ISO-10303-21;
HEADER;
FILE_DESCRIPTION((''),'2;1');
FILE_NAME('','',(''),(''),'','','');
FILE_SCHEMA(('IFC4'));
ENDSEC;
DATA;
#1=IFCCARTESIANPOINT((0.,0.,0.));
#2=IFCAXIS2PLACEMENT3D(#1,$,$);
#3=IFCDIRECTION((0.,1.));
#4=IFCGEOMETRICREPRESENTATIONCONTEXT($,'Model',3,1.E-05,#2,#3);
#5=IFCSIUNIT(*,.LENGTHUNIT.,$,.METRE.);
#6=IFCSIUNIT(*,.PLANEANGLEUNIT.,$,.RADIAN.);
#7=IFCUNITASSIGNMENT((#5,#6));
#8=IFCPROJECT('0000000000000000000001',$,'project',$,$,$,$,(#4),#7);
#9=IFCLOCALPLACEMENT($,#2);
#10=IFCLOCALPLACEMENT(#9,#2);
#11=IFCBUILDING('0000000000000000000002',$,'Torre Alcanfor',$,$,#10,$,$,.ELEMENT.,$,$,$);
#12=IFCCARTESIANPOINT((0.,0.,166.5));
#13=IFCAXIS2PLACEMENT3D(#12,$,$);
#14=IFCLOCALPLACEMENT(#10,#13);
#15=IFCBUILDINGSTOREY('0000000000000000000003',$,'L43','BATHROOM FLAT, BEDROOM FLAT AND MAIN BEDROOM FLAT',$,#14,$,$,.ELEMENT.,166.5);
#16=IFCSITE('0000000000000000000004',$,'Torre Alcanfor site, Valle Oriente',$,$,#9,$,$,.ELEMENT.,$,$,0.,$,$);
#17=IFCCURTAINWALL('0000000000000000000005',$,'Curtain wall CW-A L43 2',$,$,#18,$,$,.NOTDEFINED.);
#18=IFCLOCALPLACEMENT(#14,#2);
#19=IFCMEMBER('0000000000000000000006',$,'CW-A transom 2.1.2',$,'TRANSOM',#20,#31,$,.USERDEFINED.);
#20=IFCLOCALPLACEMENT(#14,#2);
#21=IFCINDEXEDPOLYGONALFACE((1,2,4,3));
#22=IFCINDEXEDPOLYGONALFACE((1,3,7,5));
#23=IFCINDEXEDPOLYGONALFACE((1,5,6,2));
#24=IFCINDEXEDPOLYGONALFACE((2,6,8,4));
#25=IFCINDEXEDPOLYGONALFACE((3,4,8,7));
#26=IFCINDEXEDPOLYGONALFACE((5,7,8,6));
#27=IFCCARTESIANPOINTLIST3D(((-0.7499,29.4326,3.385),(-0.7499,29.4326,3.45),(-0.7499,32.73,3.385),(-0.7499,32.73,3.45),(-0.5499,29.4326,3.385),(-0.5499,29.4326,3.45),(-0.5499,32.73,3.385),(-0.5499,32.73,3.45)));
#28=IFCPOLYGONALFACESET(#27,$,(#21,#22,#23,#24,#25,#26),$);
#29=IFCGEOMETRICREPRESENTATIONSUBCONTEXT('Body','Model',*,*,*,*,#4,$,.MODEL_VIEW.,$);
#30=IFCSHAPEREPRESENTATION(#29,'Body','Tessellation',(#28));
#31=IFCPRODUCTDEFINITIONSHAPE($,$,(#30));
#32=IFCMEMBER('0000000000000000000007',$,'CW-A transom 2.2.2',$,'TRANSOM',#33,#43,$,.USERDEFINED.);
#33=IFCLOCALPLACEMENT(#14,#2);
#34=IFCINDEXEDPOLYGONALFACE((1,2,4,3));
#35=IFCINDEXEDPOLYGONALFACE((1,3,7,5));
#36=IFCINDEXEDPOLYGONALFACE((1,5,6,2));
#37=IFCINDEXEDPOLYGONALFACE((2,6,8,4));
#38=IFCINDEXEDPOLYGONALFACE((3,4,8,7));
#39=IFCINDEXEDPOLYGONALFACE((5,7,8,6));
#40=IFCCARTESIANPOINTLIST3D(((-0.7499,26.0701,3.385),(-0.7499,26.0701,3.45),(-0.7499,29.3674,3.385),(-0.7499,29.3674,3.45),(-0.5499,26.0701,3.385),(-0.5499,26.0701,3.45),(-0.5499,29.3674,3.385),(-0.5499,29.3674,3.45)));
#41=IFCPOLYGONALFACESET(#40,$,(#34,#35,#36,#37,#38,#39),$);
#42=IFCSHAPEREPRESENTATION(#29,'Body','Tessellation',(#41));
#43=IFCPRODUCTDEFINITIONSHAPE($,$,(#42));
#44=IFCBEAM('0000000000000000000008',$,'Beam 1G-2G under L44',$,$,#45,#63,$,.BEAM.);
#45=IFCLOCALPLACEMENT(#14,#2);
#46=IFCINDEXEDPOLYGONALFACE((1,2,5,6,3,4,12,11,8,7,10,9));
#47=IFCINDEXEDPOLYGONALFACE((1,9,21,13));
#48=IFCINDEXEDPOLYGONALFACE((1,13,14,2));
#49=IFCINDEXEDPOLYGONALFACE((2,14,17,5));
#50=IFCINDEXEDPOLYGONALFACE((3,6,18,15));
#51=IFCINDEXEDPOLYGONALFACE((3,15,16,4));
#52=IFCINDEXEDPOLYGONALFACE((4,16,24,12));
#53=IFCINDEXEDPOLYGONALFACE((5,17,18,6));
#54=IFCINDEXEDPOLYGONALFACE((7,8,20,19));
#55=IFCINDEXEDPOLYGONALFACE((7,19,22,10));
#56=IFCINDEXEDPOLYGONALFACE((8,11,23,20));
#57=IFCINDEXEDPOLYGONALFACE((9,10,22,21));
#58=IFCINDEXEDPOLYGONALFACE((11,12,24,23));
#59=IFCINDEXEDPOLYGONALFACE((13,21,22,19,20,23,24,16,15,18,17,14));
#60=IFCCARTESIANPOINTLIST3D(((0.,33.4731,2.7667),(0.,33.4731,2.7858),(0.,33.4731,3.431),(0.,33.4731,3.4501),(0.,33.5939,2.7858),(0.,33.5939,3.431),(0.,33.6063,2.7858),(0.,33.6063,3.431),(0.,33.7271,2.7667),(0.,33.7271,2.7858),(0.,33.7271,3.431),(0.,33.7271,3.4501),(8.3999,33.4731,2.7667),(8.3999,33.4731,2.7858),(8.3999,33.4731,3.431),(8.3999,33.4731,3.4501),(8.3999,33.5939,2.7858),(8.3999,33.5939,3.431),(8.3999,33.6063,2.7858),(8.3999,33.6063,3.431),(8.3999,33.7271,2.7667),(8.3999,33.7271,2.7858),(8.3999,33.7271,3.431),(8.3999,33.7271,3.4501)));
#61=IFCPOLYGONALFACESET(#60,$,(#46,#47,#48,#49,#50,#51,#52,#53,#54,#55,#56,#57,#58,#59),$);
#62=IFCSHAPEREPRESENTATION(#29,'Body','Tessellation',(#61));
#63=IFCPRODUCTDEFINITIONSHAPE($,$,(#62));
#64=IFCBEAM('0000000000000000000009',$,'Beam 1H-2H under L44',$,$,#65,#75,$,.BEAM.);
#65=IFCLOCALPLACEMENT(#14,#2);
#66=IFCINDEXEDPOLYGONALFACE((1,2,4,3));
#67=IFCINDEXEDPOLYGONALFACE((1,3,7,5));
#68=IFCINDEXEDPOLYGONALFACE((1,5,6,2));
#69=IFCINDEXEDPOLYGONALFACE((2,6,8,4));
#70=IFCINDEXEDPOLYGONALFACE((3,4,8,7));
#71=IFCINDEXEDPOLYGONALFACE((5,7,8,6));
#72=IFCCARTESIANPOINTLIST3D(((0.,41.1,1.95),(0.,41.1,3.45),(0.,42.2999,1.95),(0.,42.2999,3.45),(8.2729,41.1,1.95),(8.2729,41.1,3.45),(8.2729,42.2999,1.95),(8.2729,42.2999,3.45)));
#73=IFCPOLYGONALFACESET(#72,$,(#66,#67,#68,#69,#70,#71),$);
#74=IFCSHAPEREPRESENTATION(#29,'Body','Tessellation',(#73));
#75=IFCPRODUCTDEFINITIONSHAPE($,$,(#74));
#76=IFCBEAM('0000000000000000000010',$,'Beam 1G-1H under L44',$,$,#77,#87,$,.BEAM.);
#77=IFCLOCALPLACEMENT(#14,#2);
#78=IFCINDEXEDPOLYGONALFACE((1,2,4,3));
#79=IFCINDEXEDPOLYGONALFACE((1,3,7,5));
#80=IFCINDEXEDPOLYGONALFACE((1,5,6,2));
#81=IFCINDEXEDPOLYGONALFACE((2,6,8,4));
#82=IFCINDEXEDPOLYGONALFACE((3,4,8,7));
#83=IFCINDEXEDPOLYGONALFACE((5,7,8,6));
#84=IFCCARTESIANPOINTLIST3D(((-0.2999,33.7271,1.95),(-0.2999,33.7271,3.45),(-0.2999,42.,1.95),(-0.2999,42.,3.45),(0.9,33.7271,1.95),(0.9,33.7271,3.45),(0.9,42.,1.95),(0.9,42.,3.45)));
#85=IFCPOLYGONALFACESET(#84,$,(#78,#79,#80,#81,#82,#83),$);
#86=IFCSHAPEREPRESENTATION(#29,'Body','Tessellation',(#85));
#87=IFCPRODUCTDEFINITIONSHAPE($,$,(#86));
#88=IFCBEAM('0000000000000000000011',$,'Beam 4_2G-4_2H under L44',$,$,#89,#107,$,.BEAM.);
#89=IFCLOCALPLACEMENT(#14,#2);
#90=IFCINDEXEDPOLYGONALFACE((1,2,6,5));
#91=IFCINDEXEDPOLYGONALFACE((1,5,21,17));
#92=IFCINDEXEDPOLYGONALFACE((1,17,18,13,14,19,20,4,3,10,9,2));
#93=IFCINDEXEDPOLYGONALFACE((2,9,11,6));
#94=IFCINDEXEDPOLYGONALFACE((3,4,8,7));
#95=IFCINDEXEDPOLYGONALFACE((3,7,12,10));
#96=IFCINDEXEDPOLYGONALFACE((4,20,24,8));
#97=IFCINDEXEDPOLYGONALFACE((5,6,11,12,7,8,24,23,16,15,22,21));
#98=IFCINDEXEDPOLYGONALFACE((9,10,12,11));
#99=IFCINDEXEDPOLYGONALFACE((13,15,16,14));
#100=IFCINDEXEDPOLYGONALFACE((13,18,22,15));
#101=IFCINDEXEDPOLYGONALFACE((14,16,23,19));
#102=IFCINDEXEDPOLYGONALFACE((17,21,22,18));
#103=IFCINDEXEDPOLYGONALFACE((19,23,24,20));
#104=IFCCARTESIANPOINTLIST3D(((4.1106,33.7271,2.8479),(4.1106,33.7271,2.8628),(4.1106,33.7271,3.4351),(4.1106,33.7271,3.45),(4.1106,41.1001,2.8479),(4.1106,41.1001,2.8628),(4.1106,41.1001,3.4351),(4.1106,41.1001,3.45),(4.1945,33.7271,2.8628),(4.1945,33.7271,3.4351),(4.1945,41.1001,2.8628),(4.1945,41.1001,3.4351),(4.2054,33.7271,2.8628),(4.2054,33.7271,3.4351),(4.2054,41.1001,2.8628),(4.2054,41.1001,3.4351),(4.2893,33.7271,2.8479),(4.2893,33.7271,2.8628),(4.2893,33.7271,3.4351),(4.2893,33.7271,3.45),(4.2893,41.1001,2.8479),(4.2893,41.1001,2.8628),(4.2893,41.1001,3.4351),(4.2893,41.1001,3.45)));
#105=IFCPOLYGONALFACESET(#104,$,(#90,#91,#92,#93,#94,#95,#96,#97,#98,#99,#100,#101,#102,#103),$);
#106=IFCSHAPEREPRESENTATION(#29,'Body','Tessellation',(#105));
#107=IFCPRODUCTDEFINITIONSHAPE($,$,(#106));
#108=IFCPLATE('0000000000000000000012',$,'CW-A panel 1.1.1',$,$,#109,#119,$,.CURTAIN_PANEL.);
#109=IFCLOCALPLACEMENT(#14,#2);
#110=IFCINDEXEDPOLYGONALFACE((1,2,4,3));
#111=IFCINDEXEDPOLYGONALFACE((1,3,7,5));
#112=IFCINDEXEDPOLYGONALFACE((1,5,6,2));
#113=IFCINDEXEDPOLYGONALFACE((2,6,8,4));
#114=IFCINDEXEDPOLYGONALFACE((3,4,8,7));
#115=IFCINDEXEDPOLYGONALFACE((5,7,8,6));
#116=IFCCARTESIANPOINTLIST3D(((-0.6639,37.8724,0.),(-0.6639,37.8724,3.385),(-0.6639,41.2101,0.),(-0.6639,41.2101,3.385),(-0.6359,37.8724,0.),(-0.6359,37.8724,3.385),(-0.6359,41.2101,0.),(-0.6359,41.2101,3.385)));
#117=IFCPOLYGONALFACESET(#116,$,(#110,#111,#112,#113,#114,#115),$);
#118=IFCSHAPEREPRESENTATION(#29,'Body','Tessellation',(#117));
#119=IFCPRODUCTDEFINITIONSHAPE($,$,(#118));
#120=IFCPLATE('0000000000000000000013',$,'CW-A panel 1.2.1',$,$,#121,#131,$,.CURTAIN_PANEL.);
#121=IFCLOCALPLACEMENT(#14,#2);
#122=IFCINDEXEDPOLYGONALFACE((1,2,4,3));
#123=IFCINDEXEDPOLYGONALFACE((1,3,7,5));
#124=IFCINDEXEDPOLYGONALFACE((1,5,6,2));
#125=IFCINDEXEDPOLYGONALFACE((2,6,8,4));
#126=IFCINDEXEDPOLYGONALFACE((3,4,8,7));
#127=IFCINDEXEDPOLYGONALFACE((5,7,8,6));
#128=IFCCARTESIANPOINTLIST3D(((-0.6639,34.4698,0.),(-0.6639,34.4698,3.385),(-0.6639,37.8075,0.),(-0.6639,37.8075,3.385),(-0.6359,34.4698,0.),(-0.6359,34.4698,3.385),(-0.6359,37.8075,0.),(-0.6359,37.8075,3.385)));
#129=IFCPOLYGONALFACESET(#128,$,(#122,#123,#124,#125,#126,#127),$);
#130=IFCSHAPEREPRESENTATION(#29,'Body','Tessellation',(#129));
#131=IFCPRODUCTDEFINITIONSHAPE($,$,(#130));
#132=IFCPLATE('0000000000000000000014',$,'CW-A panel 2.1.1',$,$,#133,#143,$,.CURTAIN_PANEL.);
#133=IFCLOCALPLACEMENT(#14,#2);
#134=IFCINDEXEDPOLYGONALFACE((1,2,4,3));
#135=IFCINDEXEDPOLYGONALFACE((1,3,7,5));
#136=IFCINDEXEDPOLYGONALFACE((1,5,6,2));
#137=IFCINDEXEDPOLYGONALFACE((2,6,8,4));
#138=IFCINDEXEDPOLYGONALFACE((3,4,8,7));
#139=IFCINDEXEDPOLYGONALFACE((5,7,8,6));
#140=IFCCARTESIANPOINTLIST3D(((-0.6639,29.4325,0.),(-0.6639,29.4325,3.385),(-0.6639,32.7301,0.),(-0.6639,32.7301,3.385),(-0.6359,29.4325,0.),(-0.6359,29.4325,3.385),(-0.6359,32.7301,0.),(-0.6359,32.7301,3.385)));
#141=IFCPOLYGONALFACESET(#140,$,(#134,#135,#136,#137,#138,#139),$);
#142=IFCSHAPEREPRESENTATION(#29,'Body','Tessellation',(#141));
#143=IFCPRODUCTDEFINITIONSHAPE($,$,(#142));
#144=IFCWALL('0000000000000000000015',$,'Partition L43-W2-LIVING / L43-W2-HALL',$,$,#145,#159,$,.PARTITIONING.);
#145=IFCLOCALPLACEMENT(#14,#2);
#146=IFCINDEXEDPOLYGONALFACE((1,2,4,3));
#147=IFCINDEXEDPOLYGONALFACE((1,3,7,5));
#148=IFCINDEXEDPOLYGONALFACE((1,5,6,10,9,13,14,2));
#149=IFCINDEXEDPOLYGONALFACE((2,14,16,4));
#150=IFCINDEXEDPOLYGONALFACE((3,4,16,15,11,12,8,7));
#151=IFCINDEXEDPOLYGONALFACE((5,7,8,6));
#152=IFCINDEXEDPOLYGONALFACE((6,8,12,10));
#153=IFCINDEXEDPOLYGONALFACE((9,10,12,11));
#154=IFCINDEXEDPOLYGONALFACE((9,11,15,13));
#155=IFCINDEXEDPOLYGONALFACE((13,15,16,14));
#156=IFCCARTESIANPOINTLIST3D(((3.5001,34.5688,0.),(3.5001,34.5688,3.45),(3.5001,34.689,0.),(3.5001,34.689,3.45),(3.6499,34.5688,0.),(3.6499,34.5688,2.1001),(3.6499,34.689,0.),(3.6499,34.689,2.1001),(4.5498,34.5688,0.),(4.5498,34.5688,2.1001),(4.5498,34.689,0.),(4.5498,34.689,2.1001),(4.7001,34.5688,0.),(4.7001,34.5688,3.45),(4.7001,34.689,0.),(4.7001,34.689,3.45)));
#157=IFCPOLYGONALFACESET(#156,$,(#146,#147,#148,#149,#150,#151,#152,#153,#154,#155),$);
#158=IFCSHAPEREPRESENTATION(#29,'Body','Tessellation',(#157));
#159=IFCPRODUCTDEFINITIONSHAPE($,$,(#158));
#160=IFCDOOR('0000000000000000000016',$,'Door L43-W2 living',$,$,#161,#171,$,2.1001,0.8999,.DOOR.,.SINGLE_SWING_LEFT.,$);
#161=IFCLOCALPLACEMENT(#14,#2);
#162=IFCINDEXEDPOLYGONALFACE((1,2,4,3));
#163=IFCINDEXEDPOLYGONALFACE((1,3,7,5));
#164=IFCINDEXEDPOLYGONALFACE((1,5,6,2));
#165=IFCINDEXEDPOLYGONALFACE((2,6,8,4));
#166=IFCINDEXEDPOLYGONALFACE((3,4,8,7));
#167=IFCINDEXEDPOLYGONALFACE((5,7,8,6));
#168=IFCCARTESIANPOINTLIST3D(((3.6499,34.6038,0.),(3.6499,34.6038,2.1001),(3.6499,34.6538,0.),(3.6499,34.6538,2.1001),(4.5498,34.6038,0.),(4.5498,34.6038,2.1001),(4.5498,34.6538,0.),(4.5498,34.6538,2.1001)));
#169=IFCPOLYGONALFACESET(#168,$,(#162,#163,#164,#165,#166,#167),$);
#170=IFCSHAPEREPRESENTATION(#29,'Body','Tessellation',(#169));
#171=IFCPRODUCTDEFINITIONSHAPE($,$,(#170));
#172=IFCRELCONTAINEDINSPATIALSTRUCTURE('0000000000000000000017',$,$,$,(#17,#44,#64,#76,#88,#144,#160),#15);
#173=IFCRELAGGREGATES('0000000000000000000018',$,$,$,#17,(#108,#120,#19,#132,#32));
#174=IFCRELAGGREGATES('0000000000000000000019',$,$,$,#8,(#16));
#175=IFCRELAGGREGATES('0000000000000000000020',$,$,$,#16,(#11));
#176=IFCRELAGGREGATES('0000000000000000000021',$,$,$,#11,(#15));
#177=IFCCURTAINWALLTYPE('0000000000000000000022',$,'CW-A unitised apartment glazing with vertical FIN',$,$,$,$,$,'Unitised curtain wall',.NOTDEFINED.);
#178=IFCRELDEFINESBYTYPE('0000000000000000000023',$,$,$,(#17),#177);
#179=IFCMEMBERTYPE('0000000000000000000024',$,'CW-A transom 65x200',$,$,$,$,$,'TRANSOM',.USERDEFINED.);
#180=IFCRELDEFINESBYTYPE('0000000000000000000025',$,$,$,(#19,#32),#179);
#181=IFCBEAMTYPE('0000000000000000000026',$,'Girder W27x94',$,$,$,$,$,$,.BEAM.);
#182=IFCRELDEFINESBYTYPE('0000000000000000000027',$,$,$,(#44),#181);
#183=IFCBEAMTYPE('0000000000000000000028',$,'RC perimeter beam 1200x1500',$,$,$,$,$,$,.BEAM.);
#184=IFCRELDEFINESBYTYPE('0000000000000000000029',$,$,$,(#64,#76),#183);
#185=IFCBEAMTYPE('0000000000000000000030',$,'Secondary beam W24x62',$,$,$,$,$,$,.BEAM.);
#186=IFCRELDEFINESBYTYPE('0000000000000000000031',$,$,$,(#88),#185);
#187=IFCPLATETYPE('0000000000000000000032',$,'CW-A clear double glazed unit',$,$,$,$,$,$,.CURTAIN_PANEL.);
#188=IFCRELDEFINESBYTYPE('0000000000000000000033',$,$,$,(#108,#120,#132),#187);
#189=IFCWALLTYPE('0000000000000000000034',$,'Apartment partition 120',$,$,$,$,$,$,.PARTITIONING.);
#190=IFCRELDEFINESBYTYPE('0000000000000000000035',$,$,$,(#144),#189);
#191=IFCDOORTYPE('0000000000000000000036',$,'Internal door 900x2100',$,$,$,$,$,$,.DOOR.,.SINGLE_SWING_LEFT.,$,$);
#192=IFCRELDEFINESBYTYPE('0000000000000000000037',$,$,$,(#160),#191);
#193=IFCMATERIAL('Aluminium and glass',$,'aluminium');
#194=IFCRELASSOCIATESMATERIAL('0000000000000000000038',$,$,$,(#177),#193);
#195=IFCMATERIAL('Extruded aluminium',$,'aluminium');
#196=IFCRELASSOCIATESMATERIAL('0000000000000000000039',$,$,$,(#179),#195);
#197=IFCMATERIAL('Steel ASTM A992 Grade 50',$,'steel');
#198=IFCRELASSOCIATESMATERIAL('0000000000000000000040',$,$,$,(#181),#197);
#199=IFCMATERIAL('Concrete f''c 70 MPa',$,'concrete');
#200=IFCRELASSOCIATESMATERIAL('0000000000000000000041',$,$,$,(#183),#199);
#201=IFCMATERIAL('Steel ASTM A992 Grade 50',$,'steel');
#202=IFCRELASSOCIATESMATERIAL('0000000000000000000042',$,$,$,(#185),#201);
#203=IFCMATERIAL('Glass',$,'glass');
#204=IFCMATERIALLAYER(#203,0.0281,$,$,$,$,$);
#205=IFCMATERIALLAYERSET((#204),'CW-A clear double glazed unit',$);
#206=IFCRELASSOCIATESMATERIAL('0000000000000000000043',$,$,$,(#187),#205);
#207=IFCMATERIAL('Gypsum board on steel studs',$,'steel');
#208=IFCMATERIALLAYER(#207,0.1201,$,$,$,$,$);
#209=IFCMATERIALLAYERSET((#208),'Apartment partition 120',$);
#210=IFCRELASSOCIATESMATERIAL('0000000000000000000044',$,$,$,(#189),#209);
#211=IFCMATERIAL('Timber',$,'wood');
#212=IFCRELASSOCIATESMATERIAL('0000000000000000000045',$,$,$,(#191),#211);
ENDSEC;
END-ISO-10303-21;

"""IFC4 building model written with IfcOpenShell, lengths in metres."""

from ifc_helpers import new_model, si_unit, direction, frame, frame_2d, origin, origin_2d, place, context, subcontext, project, spatial, rectangle, i_section, extrude, material, layer, layer_set, material_profile, profile_set, type_object, element, fill, aggregate, save


model = new_model("IFC4")

# Units and contexts
model_context = context("Model", 3, precision=1e-05, world=origin(), true_north=direction((0.0, 1.0)))
body_context = subcontext(model_context, "Body", "Model", "MODEL_VIEW")
ifc_project = project(units=[si_unit("LENGTHUNIT", "METRE"), si_unit("PLANEANGLEUNIT", "RADIAN")], contexts=[model_context])

# Site, building, storey
site_placement = place(None, origin())
site = spatial("IfcSite", under=ifc_project, at=site_placement, Name="Torre Alcanfor site, Valle Oriente", CompositionType="ELEMENT", RefElevation=0.0)
building_placement = place(site_placement, origin())
building = spatial("IfcBuilding", under=site, at=building_placement, Name="Torre Alcanfor", CompositionType="ELEMENT")
storey_placement = place(building_placement, frame((0.0, 0.0, 166.5)))
storey = spatial("IfcBuildingStorey", under=building, at=storey_placement, Name="L43", Description="BATHROOM FLAT, BEDROOM FLAT AND MAIN BEDROOM FLAT", CompositionType="ELEMENT", Elevation=166.5)

# Curtain wall, members
ifc_material_1 = material(Name="Aluminium and glass", Category="aluminium")
curtain_wall_type = type_object("IfcCurtainWallType", Name="CW-A unitised apartment glazing with vertical FIN", ElementType="Unitised curtain wall", PredefinedType="NOTDEFINED", material=ifc_material_1)
curtain_wall_placement = place(storey_placement, origin())
curtain_wall = element("IfcCurtainWall", 1, at=curtain_wall_placement, inside=storey, type_object=curtain_wall_type, Name="Curtain wall CW-A L43 2", PredefinedType="NOTDEFINED")
ifc_material_2 = material(Name="Extruded aluminium", Category="aluminium")
ifc_material_profile_1 = material_profile(ifc_material_2, rectangle(XDim=0.2, YDim=0.0649, at=origin_2d()), Name="CW-A transom 200x65")
ifc_profile_set_1 = profile_set([ifc_material_profile_1], Name="Extruded aluminium")
member_type_1 = type_object("IfcMemberType", Name="CW-A transom 65x200", ElementType="TRANSOM", PredefinedType="USERDEFINED", material=ifc_profile_set_1)
member_1_placement = place(storey_placement, frame((-0.6499, 32.73, 3.4175), z_axis=(0.0, -1.0, 0.0), x_axis=(1.0, 0.0, 0.0)))
member_1 = element("IfcMember", 2, at=member_1_placement, type_object=member_type_1, Name="CW-A transom 2.1.2", ObjectType="TRANSOM", PredefinedType="USERDEFINED", context=body_context, shape_type="SweptSolid", body=[
    extrude(rectangle(XDim=0.2, YDim=0.0649, at=origin_2d()), origin(), (0.0, 0.0, 1.0), 3.2974),
])
member_2_placement = place(storey_placement, frame((-0.6499, 29.3674, 3.4175), z_axis=(0.0, -1.0, 0.0), x_axis=(1.0, 0.0, 0.0)))
member_2 = element("IfcMember", 3, at=member_2_placement, type_object=member_type_1, Name="CW-A transom 2.2.2", ObjectType="TRANSOM", PredefinedType="USERDEFINED", context=body_context, shape_type="SweptSolid", body=[
    extrude(rectangle(XDim=0.2, YDim=0.0649, at=origin_2d()), origin(), (0.0, 0.0, 1.0), 3.2974),
])

# Beams
ifc_material_3 = material(Name="Steel ASTM A992 Grade 50", Category="steel")
ifc_material_profile_2 = material_profile(ifc_material_3, i_section(OverallWidth=0.2539, OverallDepth=0.6833, WebThickness=0.0125, FlangeThickness=0.019, at=origin_2d()), Name="W27x94")
ifc_profile_set_2 = profile_set([ifc_material_profile_2], Name="Steel ASTM A992 Grade 50")
beam_type_1 = type_object("IfcBeamType", Name="Girder W27x94", PredefinedType="BEAM", material=ifc_profile_set_2)
beam_1_placement = place(storey_placement, frame((0.0, 33.6001, 3.1084), z_axis=(1.0, 0.0, 0.0), x_axis=(0.0, 1.0, 0.0)))
element("IfcBeam", 4, at=beam_1_placement, inside=storey, type_object=beam_type_1, Name="Beam 1G-2G under L44", PredefinedType="BEAM", context=body_context, shape_type="SweptSolid", body=[
    extrude(i_section(OverallWidth=0.2539, OverallDepth=0.6833, WebThickness=0.0125, FlangeThickness=0.019, at=origin_2d()), origin(), (0.0, 0.0, 1.0), 8.3999),
])
ifc_material_4 = material(Name="Concrete f'c 70 MPa", Category="concrete")
ifc_material_profile_3 = material_profile(ifc_material_4, rectangle(XDim=1.2, YDim=1.5, at=origin_2d()), Name="1200x1500")
ifc_profile_set_3 = profile_set([ifc_material_profile_3], Name="Concrete f'c 70 MPa")
beam_type_2 = type_object("IfcBeamType", Name="RC perimeter beam 1200x1500", PredefinedType="BEAM", material=ifc_profile_set_3)
for number, where, z_axis, x_axis, name in (
    (5, (0.0, 41.7, 2.7), (1.0, 0.0, 0.0), (0.0, 1.0, 0.0), "Beam 1H-2H under L44"),
    (6, (0.3, 33.7271, 2.7), (0.0, 1.0, 0.0), (-1.0, 0.0, 0.0), "Beam 1G-1H under L44"),
):
    element("IfcBeam", number, at=place(storey_placement, frame(where, z_axis=z_axis, x_axis=x_axis)), inside=storey, type_object=beam_type_2, Name=name, PredefinedType="BEAM", context=body_context, shape_type="SweptSolid", body=[
        extrude(rectangle(XDim=1.2, YDim=1.5, at=origin_2d()), origin(), (0.0, 0.0, 1.0), 8.2729),
    ])
ifc_material_5 = material(Name="Steel ASTM A992 Grade 50", Category="steel")
ifc_material_profile_4 = material_profile(ifc_material_5, i_section(OverallWidth=0.1787, OverallDepth=0.6021, WebThickness=0.011, FlangeThickness=0.0149, at=origin_2d()), Name="W24x62")
ifc_profile_set_4 = profile_set([ifc_material_profile_4], Name="Steel ASTM A992 Grade 50")
beam_type_3 = type_object("IfcBeamType", Name="Secondary beam W24x62", PredefinedType="BEAM", material=ifc_profile_set_4)
beam_2_placement = place(storey_placement, frame((4.2, 33.7271, 3.1489), z_axis=(0.0, 1.0, 0.0), x_axis=(-1.0, 0.0, 0.0)))
element("IfcBeam", 7, at=beam_2_placement, inside=storey, type_object=beam_type_3, Name="Beam 4_2G-4_2H under L44", PredefinedType="BEAM", context=body_context, shape_type="SweptSolid", body=[
    extrude(i_section(OverallWidth=0.1787, OverallDepth=0.6021, WebThickness=0.011, FlangeThickness=0.0149, at=origin_2d()), origin(), (0.0, 0.0, 1.0), 7.373),
])

# Plates
ifc_material_6 = material(Name="Glass", Category="glass")
ifc_layer_1 = layer(ifc_material_6, 0.0281)
ifc_layer_set_1 = layer_set([ifc_layer_1], Name="CW-A clear double glazed unit")
plate_type = type_object("IfcPlateType", Name="CW-A clear double glazed unit", PredefinedType="CURTAIN_PANEL", material=ifc_layer_set_1)
plate_1_placement = place(storey_placement, frame((-0.6499, 39.5413, 0.0), z_axis=(0.0, 0.0, 1.0), x_axis=(0.0, -1.0, 0.0)))
plate_1 = element("IfcPlate", 8, at=plate_1_placement, type_object=plate_type, Name="CW-A panel 1.1.1", PredefinedType="CURTAIN_PANEL", context=body_context, shape_type="SweptSolid", body=[
    extrude(rectangle(XDim=3.3376, YDim=0.0281, at=origin_2d()), origin(), (0.0, 0.0, 1.0), 3.385),
])
plate_2_placement = place(storey_placement, frame((-0.6499, 36.1387, 0.0), z_axis=(0.0, 0.0, 1.0), x_axis=(0.0, -1.0, 0.0)))
plate_2 = element("IfcPlate", 9, at=plate_2_placement, type_object=plate_type, Name="CW-A panel 1.2.1", PredefinedType="CURTAIN_PANEL", context=body_context, shape_type="SweptSolid", body=[
    extrude(rectangle(XDim=3.3376, YDim=0.0281, at=origin_2d()), origin(), (0.0, 0.0, 1.0), 3.385),
])
plate_3_placement = place(storey_placement, frame((-0.6499, 31.0813, 0.0), z_axis=(0.0, 0.0, 1.0), x_axis=(0.0, -1.0, 0.0)))
plate_3 = element("IfcPlate", 10, at=plate_3_placement, type_object=plate_type, Name="CW-A panel 2.1.1", PredefinedType="CURTAIN_PANEL", context=body_context, shape_type="SweptSolid", body=[
    extrude(rectangle(XDim=3.2976, YDim=0.0281, at=origin_2d()), origin(), (0.0, 0.0, 1.0), 3.385),
])
aggregate(curtain_wall, [plate_1, plate_2, member_1, plate_3, member_2])

# Wall, opening, door
ifc_material_7 = material(Name="Gypsum board on steel studs", Category="steel")
ifc_layer_2 = layer(ifc_material_7, 0.1201)
ifc_layer_set_2 = layer_set([ifc_layer_2], Name="Apartment partition 120")
wall_type_1 = type_object("IfcWallType", Name="Apartment partition 120", PredefinedType="PARTITIONING", material=ifc_layer_set_2)
wall_1_placement = place(storey_placement, frame((3.5, 34.6289, 0.0), z_axis=(0.0, 0.0, 1.0), x_axis=(1.0, 0.0, 0.0)))
wall_1 = element("IfcWall", 11, at=wall_1_placement, inside=storey, type_object=wall_type_1, Name="Partition L43-W2-LIVING / L43-W2-HALL", PredefinedType="PARTITIONING", context=body_context, shape_type="SweptSolid", body=[
    extrude(rectangle(XDim=1.2, YDim=0.1201, at=frame_2d((0.6001, 0.0))), origin(), (0.0, 0.0, 1.0), 3.45),
])
opening_1_placement = place(wall_1_placement, frame((0.1499, 0.0, 0.0)))
opening_1 = element("IfcOpeningElement", 12, at=opening_1_placement, cuts=wall_1, PredefinedType="OPENING", context=body_context, shape_type="SweptSolid", body=[
    extrude(rectangle(XDim=0.8999, YDim=2.1001, at=frame_2d((0.45, 1.05))), frame((0.0, 0.0701, 0.0), z_axis=(0.0, -1.0, 0.0), x_axis=(1.0, 0.0, 0.0)), (0.0, 0.0, 1.0), 0.1401),
])
ifc_material_8 = material(Name="Timber", Category="wood")
door_type = type_object("IfcDoorType", Name="Internal door 900x2100", OperationType="SINGLE_SWING_LEFT", PredefinedType="DOOR", material=ifc_material_8)
door_1_placement = place(opening_1_placement, frame((0.8999, 0.0, 0.0), z_axis=(0.0, 0.0, 1.0), x_axis=(-1.0, 0.0, 0.0)))
door_1 = element("IfcDoor", 13, at=door_1_placement, inside=storey, type_object=door_type, Name="Door L43-W2 living", OperationType="SINGLE_SWING_LEFT", OverallHeight=2.1001, OverallWidth=0.8999, PredefinedType="DOOR", context=body_context, shape_type="SweptSolid", body=[
    extrude(rectangle(XDim=0.8999, YDim=2.1001, at=frame_2d((0.45, 1.05))), frame((0.0, 0.0251, 0.0), z_axis=(0.0, -1.0, 0.0), x_axis=(1.0, 0.0, 0.0)), (0.0, 0.0, 1.0), 0.05),
])
fill(opening_1, door_1)

save(model, "model.ifc")
